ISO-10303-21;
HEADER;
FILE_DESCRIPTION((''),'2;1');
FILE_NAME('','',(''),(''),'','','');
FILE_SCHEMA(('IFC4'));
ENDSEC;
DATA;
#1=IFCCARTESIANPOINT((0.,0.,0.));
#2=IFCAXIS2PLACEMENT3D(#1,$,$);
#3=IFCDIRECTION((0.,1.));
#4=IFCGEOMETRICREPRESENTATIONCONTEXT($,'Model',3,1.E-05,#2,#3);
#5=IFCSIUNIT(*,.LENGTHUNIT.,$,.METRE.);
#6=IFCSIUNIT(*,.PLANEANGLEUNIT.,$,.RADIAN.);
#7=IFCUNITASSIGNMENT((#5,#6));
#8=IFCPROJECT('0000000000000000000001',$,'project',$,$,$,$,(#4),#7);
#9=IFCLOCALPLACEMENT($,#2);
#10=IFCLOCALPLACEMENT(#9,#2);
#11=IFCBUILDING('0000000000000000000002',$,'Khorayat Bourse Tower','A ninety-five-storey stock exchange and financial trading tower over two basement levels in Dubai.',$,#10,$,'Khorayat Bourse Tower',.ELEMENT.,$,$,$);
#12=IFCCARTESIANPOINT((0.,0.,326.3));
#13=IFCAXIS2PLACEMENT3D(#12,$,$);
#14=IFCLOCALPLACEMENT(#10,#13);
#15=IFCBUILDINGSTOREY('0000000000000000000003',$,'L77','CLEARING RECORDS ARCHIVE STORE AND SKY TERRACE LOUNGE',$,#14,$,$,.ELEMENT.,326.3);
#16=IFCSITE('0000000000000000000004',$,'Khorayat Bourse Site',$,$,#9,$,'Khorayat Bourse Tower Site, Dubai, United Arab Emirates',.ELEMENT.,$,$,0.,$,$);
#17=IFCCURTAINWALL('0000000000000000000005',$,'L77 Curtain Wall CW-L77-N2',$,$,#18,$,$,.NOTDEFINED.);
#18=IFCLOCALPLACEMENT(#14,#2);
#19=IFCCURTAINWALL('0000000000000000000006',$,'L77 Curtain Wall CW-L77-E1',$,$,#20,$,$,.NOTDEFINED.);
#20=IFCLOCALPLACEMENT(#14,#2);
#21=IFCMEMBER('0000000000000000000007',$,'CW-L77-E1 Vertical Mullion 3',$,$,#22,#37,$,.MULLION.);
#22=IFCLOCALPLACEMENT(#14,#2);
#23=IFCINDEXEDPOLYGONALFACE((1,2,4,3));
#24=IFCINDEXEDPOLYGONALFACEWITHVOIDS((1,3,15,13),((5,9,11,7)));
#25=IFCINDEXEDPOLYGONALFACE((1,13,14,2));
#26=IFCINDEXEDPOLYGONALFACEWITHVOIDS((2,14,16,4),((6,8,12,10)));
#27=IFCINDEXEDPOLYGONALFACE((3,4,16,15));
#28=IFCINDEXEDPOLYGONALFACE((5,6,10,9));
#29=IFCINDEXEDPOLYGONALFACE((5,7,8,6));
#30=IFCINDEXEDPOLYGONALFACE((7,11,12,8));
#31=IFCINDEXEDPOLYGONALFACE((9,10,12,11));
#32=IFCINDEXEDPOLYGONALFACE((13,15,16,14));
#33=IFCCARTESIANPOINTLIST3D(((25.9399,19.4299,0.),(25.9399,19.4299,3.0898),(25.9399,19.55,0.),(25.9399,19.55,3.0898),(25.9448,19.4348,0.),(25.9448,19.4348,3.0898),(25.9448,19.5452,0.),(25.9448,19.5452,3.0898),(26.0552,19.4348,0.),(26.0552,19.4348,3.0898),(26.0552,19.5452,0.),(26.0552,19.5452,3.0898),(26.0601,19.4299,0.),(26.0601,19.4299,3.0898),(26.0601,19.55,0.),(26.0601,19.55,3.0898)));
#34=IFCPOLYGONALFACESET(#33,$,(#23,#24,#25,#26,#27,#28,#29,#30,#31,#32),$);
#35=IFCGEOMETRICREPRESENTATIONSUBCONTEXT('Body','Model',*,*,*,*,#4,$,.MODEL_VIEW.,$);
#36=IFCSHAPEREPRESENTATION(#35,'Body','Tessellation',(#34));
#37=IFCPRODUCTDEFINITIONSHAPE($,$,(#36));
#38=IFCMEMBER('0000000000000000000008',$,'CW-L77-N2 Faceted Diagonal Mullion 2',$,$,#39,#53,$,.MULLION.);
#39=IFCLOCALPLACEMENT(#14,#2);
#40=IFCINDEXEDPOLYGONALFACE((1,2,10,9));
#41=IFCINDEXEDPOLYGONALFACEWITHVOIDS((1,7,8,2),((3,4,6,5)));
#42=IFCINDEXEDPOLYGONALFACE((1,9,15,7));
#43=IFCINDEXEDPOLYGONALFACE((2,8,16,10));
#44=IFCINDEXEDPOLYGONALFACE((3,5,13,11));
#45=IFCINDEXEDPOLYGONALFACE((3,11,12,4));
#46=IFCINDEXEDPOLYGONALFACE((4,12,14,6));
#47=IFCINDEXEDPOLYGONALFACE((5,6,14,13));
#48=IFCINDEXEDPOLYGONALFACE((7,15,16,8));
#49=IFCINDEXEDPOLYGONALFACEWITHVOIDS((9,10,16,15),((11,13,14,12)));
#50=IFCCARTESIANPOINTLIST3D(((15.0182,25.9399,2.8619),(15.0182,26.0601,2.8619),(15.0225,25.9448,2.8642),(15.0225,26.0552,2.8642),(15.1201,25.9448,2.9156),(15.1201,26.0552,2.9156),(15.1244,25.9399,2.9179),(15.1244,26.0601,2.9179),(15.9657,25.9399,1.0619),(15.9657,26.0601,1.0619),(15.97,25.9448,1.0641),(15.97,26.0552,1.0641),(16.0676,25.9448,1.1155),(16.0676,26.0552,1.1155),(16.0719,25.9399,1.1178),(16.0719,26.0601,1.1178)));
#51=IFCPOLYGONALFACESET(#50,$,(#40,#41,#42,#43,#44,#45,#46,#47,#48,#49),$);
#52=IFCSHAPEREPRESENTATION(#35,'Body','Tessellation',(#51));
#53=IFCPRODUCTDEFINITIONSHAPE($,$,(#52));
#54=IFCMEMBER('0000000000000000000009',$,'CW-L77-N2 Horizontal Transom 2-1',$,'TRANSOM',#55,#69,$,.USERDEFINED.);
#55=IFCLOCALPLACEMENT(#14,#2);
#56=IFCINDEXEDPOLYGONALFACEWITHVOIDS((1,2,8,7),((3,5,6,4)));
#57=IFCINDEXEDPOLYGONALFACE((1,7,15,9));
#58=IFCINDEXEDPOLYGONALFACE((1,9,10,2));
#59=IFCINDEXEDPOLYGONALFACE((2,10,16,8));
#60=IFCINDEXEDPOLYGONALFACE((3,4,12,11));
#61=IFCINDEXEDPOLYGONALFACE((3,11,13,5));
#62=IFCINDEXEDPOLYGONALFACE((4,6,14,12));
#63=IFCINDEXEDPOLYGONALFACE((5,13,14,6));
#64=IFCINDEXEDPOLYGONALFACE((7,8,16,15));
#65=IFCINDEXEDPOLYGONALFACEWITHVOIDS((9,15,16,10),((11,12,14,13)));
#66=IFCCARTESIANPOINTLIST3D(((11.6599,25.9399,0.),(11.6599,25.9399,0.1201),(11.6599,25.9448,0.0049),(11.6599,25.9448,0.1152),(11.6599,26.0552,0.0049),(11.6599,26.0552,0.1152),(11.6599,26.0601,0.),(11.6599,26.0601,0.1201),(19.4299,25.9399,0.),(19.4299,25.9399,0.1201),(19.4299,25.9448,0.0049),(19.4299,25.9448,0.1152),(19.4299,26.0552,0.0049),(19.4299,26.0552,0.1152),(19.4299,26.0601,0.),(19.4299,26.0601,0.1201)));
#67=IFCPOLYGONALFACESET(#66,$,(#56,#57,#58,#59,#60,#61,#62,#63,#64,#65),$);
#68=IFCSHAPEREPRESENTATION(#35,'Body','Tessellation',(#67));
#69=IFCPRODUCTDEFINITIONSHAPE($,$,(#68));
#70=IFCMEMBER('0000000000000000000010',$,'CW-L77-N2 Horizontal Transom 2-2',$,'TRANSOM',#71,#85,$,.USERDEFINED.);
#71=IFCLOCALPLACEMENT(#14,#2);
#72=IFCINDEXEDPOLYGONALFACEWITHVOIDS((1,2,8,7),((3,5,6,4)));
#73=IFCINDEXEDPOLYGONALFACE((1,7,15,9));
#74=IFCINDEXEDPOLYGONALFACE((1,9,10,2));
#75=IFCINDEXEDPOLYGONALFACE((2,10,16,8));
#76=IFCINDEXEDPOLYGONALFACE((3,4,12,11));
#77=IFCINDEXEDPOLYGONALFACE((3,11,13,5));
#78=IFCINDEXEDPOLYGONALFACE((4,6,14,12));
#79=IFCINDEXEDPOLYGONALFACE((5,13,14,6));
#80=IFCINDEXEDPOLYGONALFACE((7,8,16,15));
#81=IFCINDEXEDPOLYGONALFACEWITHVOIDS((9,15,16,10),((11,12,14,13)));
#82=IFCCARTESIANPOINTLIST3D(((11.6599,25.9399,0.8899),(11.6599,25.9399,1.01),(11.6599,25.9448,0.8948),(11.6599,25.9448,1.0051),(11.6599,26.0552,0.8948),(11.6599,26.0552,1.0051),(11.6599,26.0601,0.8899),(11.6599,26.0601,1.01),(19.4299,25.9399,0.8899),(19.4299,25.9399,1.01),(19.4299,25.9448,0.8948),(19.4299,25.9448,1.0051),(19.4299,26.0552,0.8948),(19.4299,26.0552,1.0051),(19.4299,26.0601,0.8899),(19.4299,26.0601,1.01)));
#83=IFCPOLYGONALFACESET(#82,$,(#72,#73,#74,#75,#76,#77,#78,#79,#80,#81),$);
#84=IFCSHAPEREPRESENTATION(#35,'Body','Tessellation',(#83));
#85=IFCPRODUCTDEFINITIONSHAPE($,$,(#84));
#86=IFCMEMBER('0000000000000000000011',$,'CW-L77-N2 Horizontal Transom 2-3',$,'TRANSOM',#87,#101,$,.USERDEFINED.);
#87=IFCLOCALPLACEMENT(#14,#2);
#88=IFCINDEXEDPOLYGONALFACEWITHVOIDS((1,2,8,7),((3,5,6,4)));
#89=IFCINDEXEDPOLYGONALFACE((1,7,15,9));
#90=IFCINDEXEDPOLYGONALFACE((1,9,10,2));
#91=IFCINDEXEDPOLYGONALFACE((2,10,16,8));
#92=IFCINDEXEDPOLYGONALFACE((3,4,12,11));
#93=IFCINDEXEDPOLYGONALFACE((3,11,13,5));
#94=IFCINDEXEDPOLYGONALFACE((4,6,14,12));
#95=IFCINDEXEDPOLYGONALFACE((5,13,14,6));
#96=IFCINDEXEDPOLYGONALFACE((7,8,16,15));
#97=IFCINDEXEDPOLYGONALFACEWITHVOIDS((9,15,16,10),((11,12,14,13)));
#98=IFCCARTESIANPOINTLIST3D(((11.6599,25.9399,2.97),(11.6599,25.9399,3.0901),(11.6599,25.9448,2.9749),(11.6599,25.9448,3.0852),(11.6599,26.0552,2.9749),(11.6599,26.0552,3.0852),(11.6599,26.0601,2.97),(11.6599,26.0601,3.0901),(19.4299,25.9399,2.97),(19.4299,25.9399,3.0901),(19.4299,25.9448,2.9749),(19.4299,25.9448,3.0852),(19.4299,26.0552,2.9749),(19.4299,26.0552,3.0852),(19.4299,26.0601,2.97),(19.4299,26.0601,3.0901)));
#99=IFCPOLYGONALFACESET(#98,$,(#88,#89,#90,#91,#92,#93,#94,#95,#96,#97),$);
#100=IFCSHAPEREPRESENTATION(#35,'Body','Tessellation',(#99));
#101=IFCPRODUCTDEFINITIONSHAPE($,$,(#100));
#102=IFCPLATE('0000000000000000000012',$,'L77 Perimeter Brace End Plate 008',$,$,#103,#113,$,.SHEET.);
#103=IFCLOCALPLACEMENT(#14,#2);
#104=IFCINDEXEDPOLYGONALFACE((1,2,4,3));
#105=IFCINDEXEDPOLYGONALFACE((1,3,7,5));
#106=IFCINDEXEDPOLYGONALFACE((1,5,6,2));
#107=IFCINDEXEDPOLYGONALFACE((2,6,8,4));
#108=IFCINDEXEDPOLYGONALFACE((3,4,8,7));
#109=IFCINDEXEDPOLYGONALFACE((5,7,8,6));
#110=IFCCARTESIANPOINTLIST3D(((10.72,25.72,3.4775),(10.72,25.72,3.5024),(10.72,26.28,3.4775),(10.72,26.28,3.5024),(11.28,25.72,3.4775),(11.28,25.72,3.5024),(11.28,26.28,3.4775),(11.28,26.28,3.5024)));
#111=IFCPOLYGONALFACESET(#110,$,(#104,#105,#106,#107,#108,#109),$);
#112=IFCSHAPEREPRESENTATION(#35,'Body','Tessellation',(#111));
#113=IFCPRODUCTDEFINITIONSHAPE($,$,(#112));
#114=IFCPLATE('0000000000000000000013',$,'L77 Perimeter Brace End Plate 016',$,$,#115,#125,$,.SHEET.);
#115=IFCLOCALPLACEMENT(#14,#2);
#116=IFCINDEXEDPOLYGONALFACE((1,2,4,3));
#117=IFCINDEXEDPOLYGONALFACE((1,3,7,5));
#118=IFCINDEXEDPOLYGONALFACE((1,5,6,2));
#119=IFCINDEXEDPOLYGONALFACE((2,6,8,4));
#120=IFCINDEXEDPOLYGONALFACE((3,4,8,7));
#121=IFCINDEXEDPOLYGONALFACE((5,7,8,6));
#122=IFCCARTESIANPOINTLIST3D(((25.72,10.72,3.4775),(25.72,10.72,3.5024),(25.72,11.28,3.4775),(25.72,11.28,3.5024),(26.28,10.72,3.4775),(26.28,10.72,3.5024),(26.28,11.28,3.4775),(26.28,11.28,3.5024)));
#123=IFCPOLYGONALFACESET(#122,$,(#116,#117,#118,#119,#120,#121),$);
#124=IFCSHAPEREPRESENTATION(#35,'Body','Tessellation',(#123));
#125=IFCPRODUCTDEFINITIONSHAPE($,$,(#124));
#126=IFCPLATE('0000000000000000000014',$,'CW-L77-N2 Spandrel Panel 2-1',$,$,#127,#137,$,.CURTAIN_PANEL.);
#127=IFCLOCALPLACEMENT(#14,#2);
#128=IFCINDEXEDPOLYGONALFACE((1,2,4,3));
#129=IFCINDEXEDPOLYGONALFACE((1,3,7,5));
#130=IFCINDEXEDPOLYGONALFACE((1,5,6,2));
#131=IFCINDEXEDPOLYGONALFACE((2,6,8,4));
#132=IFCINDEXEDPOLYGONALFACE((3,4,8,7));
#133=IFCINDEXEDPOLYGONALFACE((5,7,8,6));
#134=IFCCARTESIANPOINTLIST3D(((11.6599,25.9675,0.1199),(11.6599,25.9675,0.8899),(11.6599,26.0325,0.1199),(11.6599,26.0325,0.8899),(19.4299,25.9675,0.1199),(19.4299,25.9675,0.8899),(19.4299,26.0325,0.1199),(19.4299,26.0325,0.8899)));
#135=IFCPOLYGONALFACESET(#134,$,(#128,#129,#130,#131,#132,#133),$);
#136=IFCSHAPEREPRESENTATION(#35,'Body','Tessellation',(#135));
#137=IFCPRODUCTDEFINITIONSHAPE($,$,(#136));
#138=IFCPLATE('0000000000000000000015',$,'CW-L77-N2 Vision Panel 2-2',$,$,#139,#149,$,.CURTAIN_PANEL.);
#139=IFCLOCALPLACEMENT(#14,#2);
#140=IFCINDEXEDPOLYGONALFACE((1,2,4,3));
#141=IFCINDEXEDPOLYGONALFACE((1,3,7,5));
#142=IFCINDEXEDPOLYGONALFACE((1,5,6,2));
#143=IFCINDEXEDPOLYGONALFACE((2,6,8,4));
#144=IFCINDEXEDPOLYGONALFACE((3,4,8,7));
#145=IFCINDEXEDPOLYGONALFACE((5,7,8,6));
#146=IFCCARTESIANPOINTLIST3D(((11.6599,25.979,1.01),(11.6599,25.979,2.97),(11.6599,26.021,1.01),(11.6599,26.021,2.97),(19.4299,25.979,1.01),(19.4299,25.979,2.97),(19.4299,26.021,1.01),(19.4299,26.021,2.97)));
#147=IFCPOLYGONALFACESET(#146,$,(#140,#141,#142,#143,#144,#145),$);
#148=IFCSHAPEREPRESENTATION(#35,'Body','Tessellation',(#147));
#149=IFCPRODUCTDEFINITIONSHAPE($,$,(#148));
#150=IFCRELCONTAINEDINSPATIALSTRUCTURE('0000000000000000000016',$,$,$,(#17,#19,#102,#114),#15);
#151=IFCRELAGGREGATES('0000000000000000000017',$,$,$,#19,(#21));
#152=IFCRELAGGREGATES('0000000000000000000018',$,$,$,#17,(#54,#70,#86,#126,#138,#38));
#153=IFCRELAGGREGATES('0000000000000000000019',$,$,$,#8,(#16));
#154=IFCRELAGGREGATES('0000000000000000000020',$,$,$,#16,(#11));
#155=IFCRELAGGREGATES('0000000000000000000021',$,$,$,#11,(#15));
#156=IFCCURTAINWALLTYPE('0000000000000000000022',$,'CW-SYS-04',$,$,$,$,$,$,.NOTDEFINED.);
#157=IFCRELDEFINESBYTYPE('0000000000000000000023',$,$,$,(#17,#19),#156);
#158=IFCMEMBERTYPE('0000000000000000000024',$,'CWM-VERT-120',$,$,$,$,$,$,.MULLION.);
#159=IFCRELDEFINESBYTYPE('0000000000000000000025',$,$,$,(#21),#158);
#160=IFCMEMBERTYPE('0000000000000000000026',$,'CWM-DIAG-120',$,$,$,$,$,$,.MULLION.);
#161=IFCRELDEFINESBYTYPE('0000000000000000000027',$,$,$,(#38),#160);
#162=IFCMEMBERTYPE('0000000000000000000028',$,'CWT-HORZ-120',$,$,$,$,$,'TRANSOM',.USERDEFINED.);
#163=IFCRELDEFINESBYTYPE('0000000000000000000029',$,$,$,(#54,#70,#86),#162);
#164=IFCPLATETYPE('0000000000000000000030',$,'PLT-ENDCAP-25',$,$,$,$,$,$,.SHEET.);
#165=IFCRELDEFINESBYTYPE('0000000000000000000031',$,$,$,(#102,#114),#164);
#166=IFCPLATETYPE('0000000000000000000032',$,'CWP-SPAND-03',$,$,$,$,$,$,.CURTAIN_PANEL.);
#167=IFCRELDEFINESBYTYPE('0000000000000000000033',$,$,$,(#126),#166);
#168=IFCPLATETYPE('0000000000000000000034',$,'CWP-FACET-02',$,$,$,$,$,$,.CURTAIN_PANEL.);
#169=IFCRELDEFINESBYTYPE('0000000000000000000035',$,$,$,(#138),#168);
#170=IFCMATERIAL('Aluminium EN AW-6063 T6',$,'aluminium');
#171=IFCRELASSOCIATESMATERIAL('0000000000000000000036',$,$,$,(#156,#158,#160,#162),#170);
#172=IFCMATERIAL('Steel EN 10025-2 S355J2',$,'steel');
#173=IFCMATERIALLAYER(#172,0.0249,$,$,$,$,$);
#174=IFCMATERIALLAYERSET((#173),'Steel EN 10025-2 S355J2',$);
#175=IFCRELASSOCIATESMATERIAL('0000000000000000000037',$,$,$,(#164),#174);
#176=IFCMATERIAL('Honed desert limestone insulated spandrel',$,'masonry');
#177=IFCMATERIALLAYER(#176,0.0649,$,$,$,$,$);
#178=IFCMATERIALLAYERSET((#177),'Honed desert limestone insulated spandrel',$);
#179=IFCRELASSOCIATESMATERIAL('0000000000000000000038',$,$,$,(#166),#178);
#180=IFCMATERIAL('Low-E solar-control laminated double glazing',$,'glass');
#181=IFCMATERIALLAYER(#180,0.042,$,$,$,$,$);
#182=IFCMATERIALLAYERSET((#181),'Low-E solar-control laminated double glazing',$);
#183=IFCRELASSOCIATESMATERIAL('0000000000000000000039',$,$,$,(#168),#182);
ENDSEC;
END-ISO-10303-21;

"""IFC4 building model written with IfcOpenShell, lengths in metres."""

from ifc_helpers import new_model, si_unit, direction, frame, origin, origin_2d, place, context, subcontext, project, spatial, rectangle, hollow_rectangle, extrude, source, transform, mapped, material, layer, layer_set, material_profile, profile_set, type_object, element, aggregate, save


model = new_model("IFC4")

# Units and contexts
model_context = context("Model", 3, precision=1e-05, world=origin(), true_north=direction((0.0, 1.0)))
body_context = subcontext(model_context, "Body", "Model", "MODEL_VIEW")
ifc_project = project(units=[si_unit("LENGTHUNIT", "METRE"), si_unit("PLANEANGLEUNIT", "RADIAN")], contexts=[model_context])

# Site, building, storey
site_placement = place(None, origin())
site = spatial("IfcSite", under=ifc_project, at=site_placement, Name="Khorayat Bourse Site", LongName="Khorayat Bourse Tower Site, Dubai, United Arab Emirates", CompositionType="ELEMENT", RefElevation=0.0)
building_placement = place(site_placement, origin())
building = spatial("IfcBuilding", under=site, at=building_placement, Name="Khorayat Bourse Tower", Description="A ninety-five-storey stock exchange and financial trading tower over two basement levels in Dubai.", LongName="Khorayat Bourse Tower", CompositionType="ELEMENT")
storey_placement = place(building_placement, frame((0.0, 0.0, 326.3)))
storey = spatial("IfcBuildingStorey", under=building, at=storey_placement, Name="L77", Description="CLEARING RECORDS ARCHIVE STORE AND SKY TERRACE LOUNGE", CompositionType="ELEMENT", Elevation=326.3)

# Shared definitions
ifc_material_1 = material(Name="Steel EN 10025-2 S355J2", Category="steel")

# Curtain wall
ifc_material_2 = material(Name="Aluminium EN AW-6063 T6", Category="aluminium")
curtain_wall_type = type_object("IfcCurtainWallType", Name="CW-SYS-04", PredefinedType="NOTDEFINED", material=ifc_material_2)
curtain_wall_1_placement = place(storey_placement, origin())
curtain_wall_1 = element("IfcCurtainWall", 1, at=curtain_wall_1_placement, inside=storey, type_object=curtain_wall_type, Name="L77 Curtain Wall CW-L77-N2", PredefinedType="NOTDEFINED")
ifc_material_profile_1 = material_profile(ifc_material_2, hollow_rectangle(XDim=0.1201, YDim=0.1201, WallThickness=0.0049, at=origin_2d()), Name="ALU 120x120x5")
ifc_profile_set_1 = profile_set([ifc_material_profile_1], Name="Aluminium EN AW-6063 T6")
member_type_1 = type_object("IfcMemberType", Name="CWM-VERT-120", PredefinedType="MULLION", material=ifc_profile_set_1)
shared_shape_1 = source(origin(), body_context, "Body", "SweptSolid", [
    extrude(hollow_rectangle(XDim=0.1201, YDim=0.1201, WallThickness=0.0049, at=origin_2d()), origin(), (0.0, 0.0, 1.0), 3.0898),
])

# Curtain wall, member
curtain_wall_2_placement = place(storey_placement, origin())
curtain_wall_2 = element("IfcCurtainWall", 2, at=curtain_wall_2_placement, inside=storey, type_object=curtain_wall_type, Name="L77 Curtain Wall CW-L77-E1", PredefinedType="NOTDEFINED")
member_1_placement = place(storey_placement, frame((26.0, 19.49, 0.0), z_axis=(0.0, 0.0, 1.0), x_axis=(-1.0, 0.0, 0.0)))
member_1 = element("IfcMember", 3, at=member_1_placement, type_object=member_type_1, Name="CW-L77-E1 Vertical Mullion 3", PredefinedType="MULLION", context=body_context, shape_type="MappedRepresentation", body=[
    mapped(shared_shape_1, transform((0.0, 0.0, 0.0), scale=1.0)),
])
aggregate(curtain_wall_2, [member_1])

# Members
ifc_material_profile_2 = material_profile(ifc_material_2, hollow_rectangle(XDim=0.1201, YDim=0.1201, WallThickness=0.0049, at=origin_2d()), Name="ALU 120x120x5")
ifc_profile_set_2 = profile_set([ifc_material_profile_2], Name="Aluminium EN AW-6063 T6")
member_type_2 = type_object("IfcMemberType", Name="CWM-DIAG-120", PredefinedType="MULLION", material=ifc_profile_set_2)
shared_shape_2 = source(origin(), body_context, "Body", "SweptSolid", [
    extrude(hollow_rectangle(XDim=0.1201, YDim=0.1201, WallThickness=0.0049, at=origin_2d()), origin(), (0.0, 0.0, 1.0), 2.0342),
])
member_2_placement = place(storey_placement, frame((16.0188, 26.0, 1.0898), z_axis=(-0.465791, 0.0, 0.884895), x_axis=(0.0, -1.0, 0.0)))
member_2 = element("IfcMember", 4, at=member_2_placement, type_object=member_type_2, Name="CW-L77-N2 Faceted Diagonal Mullion 2", PredefinedType="MULLION", context=body_context, shape_type="MappedRepresentation", body=[
    mapped(shared_shape_2, transform((0.0, 0.0, 0.0), scale=1.0)),
])
ifc_material_profile_3 = material_profile(ifc_material_2, hollow_rectangle(XDim=0.1201, YDim=0.1201, WallThickness=0.0049, at=origin_2d()), Name="ALU 120x120x5")
ifc_profile_set_3 = profile_set([ifc_material_profile_3], Name="Aluminium EN AW-6063 T6")
member_type_3 = type_object("IfcMemberType", Name="CWT-HORZ-120", ElementType="TRANSOM", PredefinedType="USERDEFINED", material=ifc_profile_set_3)
shared_shape_3 = source(origin(), body_context, "Body", "SweptSolid", [
    extrude(hollow_rectangle(XDim=0.1201, YDim=0.1201, WallThickness=0.0049, at=origin_2d()), origin(), (0.0, 0.0, 1.0), 7.77),
])
member_3_placement = place(storey_placement, frame((11.6599, 26.0, 0.0601), z_axis=(1.0, 0.0, 0.0), x_axis=(0.0, 1.0, 0.0)))
member_3 = element("IfcMember", 5, at=member_3_placement, type_object=member_type_3, Name="CW-L77-N2 Horizontal Transom 2-1", ObjectType="TRANSOM", PredefinedType="USERDEFINED", context=body_context, shape_type="MappedRepresentation", body=[
    mapped(shared_shape_3, transform((0.0, 0.0, 0.0), scale=1.0)),
])
member_4_placement = place(storey_placement, frame((11.6599, 26.0, 0.95), z_axis=(1.0, 0.0, 0.0), x_axis=(0.0, 1.0, 0.0)))
member_4 = element("IfcMember", 6, at=member_4_placement, type_object=member_type_3, Name="CW-L77-N2 Horizontal Transom 2-2", ObjectType="TRANSOM", PredefinedType="USERDEFINED", context=body_context, shape_type="MappedRepresentation", body=[
    mapped(shared_shape_3, transform((0.0, 0.0, 0.0), scale=1.0)),
])
member_5_placement = place(storey_placement, frame((11.6599, 26.0, 3.03), z_axis=(1.0, 0.0, 0.0), x_axis=(0.0, 1.0, 0.0)))
member_5 = element("IfcMember", 7, at=member_5_placement, type_object=member_type_3, Name="CW-L77-N2 Horizontal Transom 2-3", ObjectType="TRANSOM", PredefinedType="USERDEFINED", context=body_context, shape_type="MappedRepresentation", body=[
    mapped(shared_shape_3, transform((0.0, 0.0, 0.0), scale=1.0)),
])

# Plates
ifc_layer_1 = layer(ifc_material_1, 0.0249)
ifc_layer_set_1 = layer_set([ifc_layer_1], Name="Steel EN 10025-2 S355J2")
plate_type_1 = type_object("IfcPlateType", Name="PLT-ENDCAP-25", PredefinedType="SHEET", material=ifc_layer_set_1)
shared_shape_4 = source(origin(), body_context, "Body", "SweptSolid", [
    extrude(rectangle(XDim=0.5601, YDim=0.5601, at=origin_2d()), origin(), (0.0, 0.0, 1.0), 0.0249),
])
for number, where, z_axis, x_axis, name in (
    (8, (11.0, 26.0, 3.4775), (0.0, 0.0, 1.0), (1.0, 0.0, 0.0), "L77 Perimeter Brace End Plate 008"),
    (9, (26.0, 11.0, 3.4775), (0.0, 0.0, 1.0), (1.0, 0.0, 0.0), "L77 Perimeter Brace End Plate 016"),
):
    element("IfcPlate", number, at=place(storey_placement, frame(where, z_axis=z_axis, x_axis=x_axis)), inside=storey, type_object=plate_type_1, Name=name, PredefinedType="SHEET", context=body_context, shape_type="MappedRepresentation", body=[
        mapped(shared_shape_4, transform((0.0, 0.0, 0.0), scale=1.0)),
    ])

# Plates
ifc_material_3 = material(Name="Honed desert limestone insulated spandrel", Category="masonry")
ifc_layer_2 = layer(ifc_material_3, 0.0649)
ifc_layer_set_2 = layer_set([ifc_layer_2], Name="Honed desert limestone insulated spandrel")
plate_type_2 = type_object("IfcPlateType", Name="CWP-SPAND-03", PredefinedType="CURTAIN_PANEL", material=ifc_layer_set_2)
shared_shape_5 = source(origin(), body_context, "Body", "SweptSolid", [
    extrude(rectangle(XDim=7.77, YDim=0.0649, at=origin_2d()), origin(), (0.0, 0.0, 1.0), 0.77),
])
plate_1_placement = place(storey_placement, frame((15.5449, 26.0, 0.1199), z_axis=(0.0, 0.0, 1.0), x_axis=(1.0, 0.0, 0.0)))
plate_1 = element("IfcPlate", 10, at=plate_1_placement, type_object=plate_type_2, Name="CW-L77-N2 Spandrel Panel 2-1", PredefinedType="CURTAIN_PANEL", context=body_context, shape_type="MappedRepresentation", body=[
    mapped(shared_shape_5, transform((0.0, 0.0, 0.0), scale=1.0)),
])
ifc_material_4 = material(Name="Low-E solar-control laminated double glazing", Category="glass")
ifc_layer_3 = layer(ifc_material_4, 0.042)
ifc_layer_set_3 = layer_set([ifc_layer_3], Name="Low-E solar-control laminated double glazing")
plate_type_3 = type_object("IfcPlateType", Name="CWP-FACET-02", PredefinedType="CURTAIN_PANEL", material=ifc_layer_set_3)
shared_shape_6 = source(origin(), body_context, "Body", "SweptSolid", [
    extrude(rectangle(XDim=7.77, YDim=0.042, at=origin_2d()), origin(), (0.0, 0.0, 1.0), 1.96),
])
plate_2_placement = place(storey_placement, frame((15.5449, 26.0, 1.01), z_axis=(0.0, 0.0, 1.0), x_axis=(1.0, 0.0, 0.0)))
plate_2 = element("IfcPlate", 11, at=plate_2_placement, type_object=plate_type_3, Name="CW-L77-N2 Vision Panel 2-2", PredefinedType="CURTAIN_PANEL", context=body_context, shape_type="MappedRepresentation", body=[
    mapped(shared_shape_6, transform((0.0, 0.0, 0.0), scale=1.0)),
])
aggregate(curtain_wall_1, [member_3, member_4, member_5, plate_1, plate_2, member_2])

save(model, "model.ifc")
